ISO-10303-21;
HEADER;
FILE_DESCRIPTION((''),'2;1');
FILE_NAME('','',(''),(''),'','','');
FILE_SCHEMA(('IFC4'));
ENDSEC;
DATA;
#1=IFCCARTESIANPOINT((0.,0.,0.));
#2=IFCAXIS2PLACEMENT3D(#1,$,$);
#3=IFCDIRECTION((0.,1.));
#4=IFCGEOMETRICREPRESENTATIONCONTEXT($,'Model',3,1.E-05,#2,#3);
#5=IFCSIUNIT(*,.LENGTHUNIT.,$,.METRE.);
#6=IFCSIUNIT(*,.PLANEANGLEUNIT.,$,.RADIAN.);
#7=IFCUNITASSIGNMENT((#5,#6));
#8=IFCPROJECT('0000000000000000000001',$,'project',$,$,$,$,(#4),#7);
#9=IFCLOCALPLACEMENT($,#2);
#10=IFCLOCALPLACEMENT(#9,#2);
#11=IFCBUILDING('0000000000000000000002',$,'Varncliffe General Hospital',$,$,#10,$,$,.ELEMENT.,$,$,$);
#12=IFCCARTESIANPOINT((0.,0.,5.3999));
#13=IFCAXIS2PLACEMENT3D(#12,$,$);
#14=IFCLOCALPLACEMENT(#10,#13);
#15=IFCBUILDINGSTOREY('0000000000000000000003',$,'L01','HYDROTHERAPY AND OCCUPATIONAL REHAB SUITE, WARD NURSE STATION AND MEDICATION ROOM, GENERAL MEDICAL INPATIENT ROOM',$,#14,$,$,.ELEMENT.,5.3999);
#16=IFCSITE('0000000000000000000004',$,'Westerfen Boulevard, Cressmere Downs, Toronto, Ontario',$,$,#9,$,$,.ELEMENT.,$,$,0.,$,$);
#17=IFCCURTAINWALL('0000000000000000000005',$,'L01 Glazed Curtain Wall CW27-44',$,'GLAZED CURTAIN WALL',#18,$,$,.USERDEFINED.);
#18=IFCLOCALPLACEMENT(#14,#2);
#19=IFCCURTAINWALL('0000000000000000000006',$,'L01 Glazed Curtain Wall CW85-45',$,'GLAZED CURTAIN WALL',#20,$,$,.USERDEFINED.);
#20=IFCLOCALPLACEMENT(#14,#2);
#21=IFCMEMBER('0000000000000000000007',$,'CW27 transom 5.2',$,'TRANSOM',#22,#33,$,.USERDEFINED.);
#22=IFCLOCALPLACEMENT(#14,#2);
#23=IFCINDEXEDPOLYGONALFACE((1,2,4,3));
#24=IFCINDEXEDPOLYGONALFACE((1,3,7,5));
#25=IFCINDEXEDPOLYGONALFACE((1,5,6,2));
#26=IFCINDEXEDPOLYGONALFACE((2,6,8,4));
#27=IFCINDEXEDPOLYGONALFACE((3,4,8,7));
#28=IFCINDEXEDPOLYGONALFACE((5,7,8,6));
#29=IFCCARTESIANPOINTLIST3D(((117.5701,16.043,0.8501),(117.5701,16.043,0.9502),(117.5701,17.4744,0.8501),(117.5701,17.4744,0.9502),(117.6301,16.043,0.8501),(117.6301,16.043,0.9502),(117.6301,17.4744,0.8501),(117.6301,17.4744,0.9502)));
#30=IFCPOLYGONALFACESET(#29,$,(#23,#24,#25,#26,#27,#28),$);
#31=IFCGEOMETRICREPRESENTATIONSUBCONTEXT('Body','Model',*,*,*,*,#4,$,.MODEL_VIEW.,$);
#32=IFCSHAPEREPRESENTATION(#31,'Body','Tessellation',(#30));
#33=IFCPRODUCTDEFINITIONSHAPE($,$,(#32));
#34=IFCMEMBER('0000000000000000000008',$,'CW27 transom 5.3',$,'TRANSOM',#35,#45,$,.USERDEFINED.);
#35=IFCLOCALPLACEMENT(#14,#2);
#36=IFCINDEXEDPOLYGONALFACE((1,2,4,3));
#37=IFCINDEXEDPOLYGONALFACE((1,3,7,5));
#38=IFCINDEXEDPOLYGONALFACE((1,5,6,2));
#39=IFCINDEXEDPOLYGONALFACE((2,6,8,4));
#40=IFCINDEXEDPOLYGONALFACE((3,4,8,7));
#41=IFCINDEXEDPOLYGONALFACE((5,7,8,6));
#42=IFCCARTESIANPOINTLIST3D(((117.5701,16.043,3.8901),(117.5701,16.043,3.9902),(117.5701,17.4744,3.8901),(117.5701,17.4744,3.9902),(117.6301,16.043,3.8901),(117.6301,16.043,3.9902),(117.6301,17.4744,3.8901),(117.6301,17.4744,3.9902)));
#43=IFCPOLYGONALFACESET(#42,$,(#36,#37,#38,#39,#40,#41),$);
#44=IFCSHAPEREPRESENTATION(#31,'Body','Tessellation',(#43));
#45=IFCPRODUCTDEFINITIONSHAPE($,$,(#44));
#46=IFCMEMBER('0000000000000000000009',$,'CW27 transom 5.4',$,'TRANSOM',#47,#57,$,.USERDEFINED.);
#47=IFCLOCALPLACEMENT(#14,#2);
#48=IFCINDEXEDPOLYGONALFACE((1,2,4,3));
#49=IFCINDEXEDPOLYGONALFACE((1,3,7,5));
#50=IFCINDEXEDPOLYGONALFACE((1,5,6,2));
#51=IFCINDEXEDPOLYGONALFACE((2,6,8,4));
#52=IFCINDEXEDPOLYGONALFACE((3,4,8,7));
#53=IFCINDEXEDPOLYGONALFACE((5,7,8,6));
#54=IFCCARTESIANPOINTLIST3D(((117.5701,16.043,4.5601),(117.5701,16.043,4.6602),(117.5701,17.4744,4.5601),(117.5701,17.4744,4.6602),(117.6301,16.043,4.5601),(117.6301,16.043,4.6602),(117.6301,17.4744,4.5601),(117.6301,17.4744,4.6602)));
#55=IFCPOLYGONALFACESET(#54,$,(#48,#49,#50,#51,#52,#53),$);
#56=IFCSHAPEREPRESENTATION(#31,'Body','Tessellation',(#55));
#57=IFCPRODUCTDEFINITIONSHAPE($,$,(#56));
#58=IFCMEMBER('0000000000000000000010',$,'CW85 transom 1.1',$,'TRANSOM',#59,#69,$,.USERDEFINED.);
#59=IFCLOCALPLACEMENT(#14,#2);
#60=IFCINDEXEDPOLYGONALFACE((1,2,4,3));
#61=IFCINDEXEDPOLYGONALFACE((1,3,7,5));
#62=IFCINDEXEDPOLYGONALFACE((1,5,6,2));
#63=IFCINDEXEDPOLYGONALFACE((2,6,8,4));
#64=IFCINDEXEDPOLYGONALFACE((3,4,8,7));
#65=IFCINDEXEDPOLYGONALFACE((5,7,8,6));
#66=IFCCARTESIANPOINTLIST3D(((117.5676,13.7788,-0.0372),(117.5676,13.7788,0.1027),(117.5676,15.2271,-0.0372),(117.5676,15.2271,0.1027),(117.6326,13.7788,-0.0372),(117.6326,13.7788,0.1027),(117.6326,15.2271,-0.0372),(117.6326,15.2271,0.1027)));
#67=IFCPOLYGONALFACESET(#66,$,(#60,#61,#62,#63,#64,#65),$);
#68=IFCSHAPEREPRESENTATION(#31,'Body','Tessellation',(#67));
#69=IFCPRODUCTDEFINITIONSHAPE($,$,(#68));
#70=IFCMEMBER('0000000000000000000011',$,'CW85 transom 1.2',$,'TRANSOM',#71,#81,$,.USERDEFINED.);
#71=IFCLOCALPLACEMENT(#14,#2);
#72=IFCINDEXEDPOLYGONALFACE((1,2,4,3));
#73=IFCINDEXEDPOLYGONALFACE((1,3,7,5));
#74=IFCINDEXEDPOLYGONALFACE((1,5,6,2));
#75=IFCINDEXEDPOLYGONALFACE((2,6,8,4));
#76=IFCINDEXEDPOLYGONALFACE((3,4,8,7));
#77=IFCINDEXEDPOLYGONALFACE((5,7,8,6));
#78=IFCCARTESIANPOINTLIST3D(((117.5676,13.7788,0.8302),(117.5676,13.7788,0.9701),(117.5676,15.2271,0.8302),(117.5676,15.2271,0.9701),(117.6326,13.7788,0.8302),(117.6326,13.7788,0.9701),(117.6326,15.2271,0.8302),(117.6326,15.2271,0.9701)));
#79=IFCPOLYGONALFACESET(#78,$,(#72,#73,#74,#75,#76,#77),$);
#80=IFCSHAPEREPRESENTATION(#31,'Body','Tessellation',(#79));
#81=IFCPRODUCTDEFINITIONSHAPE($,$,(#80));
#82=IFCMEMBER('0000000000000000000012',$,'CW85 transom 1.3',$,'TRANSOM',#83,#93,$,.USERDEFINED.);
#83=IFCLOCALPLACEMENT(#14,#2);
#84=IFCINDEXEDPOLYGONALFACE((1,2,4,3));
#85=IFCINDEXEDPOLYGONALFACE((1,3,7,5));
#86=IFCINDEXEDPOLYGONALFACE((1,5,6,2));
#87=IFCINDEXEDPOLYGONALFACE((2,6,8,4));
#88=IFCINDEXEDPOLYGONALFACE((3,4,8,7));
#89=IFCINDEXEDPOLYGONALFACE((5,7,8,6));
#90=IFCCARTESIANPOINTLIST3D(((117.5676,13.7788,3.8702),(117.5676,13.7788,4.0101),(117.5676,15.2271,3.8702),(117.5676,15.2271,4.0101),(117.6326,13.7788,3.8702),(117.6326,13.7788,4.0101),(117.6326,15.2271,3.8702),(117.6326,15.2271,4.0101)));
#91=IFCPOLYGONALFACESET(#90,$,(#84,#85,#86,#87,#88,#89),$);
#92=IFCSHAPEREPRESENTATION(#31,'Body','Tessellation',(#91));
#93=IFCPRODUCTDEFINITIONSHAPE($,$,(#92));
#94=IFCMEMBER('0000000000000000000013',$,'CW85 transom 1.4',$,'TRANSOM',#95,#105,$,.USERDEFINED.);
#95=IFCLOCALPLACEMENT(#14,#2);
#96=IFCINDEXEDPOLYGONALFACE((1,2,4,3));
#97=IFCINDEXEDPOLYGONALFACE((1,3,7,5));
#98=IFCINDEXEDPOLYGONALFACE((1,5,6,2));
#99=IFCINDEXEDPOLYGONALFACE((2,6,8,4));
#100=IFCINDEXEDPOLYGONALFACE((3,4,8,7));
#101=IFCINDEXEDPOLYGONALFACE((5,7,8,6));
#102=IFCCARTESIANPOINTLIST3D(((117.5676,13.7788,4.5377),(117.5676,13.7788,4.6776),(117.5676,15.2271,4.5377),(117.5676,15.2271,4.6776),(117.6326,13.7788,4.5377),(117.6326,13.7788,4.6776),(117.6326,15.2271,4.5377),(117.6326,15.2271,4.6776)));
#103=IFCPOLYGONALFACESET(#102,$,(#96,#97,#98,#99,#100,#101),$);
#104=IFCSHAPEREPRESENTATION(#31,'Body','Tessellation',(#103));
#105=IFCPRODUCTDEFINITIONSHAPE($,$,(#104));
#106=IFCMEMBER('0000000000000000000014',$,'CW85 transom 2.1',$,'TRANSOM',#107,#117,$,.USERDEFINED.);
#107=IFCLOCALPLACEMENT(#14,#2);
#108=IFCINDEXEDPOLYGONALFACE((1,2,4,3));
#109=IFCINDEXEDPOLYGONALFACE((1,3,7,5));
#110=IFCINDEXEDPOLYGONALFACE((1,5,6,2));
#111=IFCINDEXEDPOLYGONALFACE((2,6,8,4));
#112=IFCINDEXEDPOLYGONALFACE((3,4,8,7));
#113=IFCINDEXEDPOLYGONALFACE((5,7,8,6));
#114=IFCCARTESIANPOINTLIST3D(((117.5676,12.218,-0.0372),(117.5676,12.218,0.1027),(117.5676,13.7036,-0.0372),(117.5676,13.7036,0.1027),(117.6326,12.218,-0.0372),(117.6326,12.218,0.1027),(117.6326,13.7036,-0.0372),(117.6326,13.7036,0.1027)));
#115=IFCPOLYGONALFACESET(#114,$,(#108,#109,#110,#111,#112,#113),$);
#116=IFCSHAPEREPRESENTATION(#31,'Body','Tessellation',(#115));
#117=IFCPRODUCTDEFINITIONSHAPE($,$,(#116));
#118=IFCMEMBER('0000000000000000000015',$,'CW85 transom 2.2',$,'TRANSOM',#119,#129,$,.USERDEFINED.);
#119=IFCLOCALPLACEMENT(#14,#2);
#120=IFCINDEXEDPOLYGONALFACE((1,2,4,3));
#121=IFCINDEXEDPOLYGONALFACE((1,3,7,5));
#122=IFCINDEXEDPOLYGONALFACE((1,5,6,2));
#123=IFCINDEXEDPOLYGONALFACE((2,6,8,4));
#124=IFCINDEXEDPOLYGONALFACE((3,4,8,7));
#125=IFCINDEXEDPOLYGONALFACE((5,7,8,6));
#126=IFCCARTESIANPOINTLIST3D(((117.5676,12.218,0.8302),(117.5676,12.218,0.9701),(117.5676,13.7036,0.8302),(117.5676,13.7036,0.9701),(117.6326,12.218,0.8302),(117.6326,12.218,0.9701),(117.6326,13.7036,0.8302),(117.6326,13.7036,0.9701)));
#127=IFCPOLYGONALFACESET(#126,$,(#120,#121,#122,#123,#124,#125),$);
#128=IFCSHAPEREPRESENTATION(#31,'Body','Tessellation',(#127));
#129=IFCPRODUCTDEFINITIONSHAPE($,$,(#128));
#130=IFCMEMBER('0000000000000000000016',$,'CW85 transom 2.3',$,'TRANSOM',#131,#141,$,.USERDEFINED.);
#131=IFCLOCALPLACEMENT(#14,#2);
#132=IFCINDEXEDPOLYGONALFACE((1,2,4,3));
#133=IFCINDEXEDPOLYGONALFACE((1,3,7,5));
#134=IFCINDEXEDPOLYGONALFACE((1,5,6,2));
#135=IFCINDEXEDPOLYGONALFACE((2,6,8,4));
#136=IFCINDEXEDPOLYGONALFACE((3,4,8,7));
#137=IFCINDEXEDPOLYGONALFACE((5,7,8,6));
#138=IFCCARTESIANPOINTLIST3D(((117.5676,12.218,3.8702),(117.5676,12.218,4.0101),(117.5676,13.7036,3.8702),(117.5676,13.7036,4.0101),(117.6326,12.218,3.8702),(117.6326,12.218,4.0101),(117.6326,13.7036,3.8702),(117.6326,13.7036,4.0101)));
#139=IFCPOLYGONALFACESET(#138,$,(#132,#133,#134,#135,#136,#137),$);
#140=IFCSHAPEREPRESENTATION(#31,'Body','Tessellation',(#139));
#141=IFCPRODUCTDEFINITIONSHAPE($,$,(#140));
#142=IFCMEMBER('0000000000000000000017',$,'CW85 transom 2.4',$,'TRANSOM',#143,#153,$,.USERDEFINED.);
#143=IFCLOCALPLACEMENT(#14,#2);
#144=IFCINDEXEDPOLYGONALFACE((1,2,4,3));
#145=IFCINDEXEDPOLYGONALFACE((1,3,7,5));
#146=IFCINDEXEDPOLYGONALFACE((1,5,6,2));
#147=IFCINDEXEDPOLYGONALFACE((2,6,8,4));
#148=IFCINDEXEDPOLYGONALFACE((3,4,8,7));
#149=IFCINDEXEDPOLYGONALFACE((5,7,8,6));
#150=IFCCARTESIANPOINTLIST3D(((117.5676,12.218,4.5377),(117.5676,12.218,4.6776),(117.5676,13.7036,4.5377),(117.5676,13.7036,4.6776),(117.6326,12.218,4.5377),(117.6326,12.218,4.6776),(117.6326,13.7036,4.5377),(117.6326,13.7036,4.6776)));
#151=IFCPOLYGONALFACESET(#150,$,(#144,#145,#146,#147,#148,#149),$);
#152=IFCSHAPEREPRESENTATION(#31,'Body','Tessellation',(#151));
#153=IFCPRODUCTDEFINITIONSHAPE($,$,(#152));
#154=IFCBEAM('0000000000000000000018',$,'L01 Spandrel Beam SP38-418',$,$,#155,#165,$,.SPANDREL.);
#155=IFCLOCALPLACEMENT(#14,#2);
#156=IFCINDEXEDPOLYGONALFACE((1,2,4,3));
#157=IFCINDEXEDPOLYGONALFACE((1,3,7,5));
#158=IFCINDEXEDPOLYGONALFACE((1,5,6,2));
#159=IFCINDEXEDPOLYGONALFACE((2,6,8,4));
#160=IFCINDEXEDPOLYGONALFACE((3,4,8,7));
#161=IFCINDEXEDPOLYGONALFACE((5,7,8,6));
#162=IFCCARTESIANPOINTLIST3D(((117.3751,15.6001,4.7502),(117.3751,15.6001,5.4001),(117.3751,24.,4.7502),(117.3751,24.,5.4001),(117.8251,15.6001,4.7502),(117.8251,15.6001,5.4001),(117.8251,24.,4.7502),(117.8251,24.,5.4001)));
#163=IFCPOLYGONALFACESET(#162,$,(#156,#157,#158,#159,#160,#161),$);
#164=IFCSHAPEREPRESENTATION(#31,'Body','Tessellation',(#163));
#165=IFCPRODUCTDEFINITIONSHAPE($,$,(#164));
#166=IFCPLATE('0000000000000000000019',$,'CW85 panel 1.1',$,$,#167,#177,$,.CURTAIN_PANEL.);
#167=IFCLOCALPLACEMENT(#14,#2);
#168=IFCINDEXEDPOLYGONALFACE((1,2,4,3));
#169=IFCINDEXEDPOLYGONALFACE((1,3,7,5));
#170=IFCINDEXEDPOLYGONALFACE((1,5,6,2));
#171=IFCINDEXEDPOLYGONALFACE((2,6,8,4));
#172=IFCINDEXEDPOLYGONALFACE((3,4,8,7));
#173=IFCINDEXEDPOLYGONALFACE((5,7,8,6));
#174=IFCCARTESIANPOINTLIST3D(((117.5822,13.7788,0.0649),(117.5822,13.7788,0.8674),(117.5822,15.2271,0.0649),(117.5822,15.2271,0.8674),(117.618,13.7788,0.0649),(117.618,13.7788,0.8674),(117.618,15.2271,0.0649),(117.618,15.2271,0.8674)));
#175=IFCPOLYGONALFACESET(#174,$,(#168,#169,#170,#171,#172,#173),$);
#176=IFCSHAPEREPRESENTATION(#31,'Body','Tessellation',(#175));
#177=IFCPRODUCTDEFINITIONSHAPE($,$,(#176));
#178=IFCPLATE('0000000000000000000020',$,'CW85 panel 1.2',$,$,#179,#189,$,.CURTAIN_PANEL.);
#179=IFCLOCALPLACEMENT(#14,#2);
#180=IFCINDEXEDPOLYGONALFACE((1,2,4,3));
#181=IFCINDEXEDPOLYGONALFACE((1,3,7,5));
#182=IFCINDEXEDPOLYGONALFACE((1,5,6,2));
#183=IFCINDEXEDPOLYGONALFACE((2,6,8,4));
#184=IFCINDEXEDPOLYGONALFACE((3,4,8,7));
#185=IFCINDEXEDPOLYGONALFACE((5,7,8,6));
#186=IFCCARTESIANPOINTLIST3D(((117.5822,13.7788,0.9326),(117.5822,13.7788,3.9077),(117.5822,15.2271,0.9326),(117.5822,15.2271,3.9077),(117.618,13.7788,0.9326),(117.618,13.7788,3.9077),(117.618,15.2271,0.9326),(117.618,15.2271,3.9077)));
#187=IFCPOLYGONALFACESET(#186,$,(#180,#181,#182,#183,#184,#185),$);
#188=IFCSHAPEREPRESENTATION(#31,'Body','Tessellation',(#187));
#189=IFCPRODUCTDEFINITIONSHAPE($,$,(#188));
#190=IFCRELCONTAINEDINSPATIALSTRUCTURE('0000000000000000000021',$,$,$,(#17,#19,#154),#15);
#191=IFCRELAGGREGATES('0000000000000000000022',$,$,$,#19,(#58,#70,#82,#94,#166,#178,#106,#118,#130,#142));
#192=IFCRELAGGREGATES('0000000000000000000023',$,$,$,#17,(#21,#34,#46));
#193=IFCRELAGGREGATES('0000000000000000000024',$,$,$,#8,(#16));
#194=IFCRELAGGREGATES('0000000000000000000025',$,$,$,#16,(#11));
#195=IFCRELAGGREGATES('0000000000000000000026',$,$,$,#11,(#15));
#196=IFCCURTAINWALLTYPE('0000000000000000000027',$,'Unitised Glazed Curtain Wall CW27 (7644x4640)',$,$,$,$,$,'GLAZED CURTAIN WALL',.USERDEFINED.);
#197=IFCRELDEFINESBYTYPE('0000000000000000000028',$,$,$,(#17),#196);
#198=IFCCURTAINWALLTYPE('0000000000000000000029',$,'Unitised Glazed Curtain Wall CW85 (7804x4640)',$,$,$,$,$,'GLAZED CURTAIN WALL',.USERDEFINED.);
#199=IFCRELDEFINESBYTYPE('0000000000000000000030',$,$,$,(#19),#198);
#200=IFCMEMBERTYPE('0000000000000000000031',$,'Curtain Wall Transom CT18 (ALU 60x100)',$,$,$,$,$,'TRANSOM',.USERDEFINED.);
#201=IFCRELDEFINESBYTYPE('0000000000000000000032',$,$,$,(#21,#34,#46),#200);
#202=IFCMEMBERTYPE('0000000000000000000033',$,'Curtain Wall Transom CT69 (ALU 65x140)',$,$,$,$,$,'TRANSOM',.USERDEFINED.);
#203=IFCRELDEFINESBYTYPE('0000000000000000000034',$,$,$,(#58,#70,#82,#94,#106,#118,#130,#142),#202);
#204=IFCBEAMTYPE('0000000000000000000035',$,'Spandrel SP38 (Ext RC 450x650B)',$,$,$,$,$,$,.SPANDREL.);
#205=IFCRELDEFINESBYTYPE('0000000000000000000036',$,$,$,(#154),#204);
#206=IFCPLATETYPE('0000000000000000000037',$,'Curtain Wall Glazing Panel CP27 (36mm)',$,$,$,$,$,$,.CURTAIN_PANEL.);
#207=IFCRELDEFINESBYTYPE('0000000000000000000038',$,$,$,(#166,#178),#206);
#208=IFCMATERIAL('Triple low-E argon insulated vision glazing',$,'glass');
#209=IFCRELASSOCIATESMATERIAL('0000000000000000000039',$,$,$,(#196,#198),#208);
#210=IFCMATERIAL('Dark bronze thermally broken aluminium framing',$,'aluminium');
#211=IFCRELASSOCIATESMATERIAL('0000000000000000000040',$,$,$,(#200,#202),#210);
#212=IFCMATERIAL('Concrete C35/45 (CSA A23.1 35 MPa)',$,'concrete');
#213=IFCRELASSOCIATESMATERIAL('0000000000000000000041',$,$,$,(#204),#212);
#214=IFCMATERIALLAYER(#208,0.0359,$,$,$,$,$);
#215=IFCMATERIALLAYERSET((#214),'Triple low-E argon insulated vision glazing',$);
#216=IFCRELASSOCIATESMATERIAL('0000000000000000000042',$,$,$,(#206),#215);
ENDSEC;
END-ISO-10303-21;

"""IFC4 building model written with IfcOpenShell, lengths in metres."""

from ifc_helpers import new_model, si_unit, direction, frame, origin, origin_2d, place, context, subcontext, project, spatial, rectangle, extrude, material, layer, layer_set, material_profile, profile_set, type_object, element, aggregate, save


model = new_model("IFC4")

# Units and contexts
model_context = context("Model", 3, precision=1e-05, world=origin(), true_north=direction((0.0, 1.0)))
body_context = subcontext(model_context, "Body", "Model", "MODEL_VIEW")
ifc_project = project(units=[si_unit("LENGTHUNIT", "METRE"), si_unit("PLANEANGLEUNIT", "RADIAN")], contexts=[model_context])

# Site, building, storey
site_placement = place(None, origin())
site = spatial("IfcSite", under=ifc_project, at=site_placement, Name="Westerfen Boulevard, Cressmere Downs, Toronto, Ontario", CompositionType="ELEMENT", RefElevation=0.0)
building_placement = place(site_placement, origin())
building = spatial("IfcBuilding", under=site, at=building_placement, Name="Varncliffe General Hospital", CompositionType="ELEMENT")
storey_placement = place(building_placement, frame((0.0, 0.0, 5.3999)))
storey = spatial("IfcBuildingStorey", under=building, at=storey_placement, Name="L01", Description="HYDROTHERAPY AND OCCUPATIONAL REHAB SUITE, WARD NURSE STATION AND MEDICATION ROOM, GENERAL MEDICAL INPATIENT ROOM", CompositionType="ELEMENT", Elevation=5.3999)

# Curtain walls
ifc_material_1 = material(Name="Triple low-E argon insulated vision glazing", Category="glass")
curtain_wall_type_1 = type_object("IfcCurtainWallType", Name="Unitised Glazed Curtain Wall CW27 (7644x4640)", ElementType="GLAZED CURTAIN WALL", PredefinedType="USERDEFINED", material=ifc_material_1)
curtain_wall_1_placement = place(storey_placement, origin())
curtain_wall_1 = element("IfcCurtainWall", 1, at=curtain_wall_1_placement, inside=storey, type_object=curtain_wall_type_1, Name="L01 Glazed Curtain Wall CW27-44", ObjectType="GLAZED CURTAIN WALL", PredefinedType="USERDEFINED")
ifc_material_2 = material(Name="Dark bronze thermally broken aluminium framing", Category="aluminium")
curtain_wall_type_2 = type_object("IfcCurtainWallType", Name="Unitised Glazed Curtain Wall CW85 (7804x4640)", ElementType="GLAZED CURTAIN WALL", PredefinedType="USERDEFINED", material=ifc_material_1)
curtain_wall_2_placement = place(storey_placement, origin())
curtain_wall_2 = element("IfcCurtainWall", 2, at=curtain_wall_2_placement, inside=storey, type_object=curtain_wall_type_2, Name="L01 Glazed Curtain Wall CW85-45", ObjectType="GLAZED CURTAIN WALL", PredefinedType="USERDEFINED")

# Members
ifc_material_profile_1 = material_profile(ifc_material_2, rectangle(XDim=0.0601, YDim=0.1001, at=origin_2d()), Name="ALU 60x100")
ifc_profile_set_1 = profile_set([ifc_material_profile_1], Name="Dark bronze thermally broken aluminium framing")
member_type_1 = type_object("IfcMemberType", Name="Curtain Wall Transom CT18 (ALU 60x100)", ElementType="TRANSOM", PredefinedType="USERDEFINED", material=ifc_profile_set_1)
member_1_placement = place(storey_placement, frame((117.6001, 17.4744, 0.9001), z_axis=(0.0, -1.0, 0.0), x_axis=(1.0, 0.0, 0.0)))
member_1 = element("IfcMember", 3, at=member_1_placement, type_object=member_type_1, Name="CW27 transom 5.2", ObjectType="TRANSOM", PredefinedType="USERDEFINED", context=body_context, shape_type="SweptSolid", body=[
    extrude(rectangle(XDim=0.0601, YDim=0.1001, at=origin_2d()), origin(), (0.0, 0.0, 1.0), 1.4314),
])
member_2_placement = place(storey_placement, frame((117.6001, 17.4744, 3.9402), z_axis=(0.0, -1.0, 0.0), x_axis=(1.0, 0.0, 0.0)))
member_2 = element("IfcMember", 4, at=member_2_placement, type_object=member_type_1, Name="CW27 transom 5.3", ObjectType="TRANSOM", PredefinedType="USERDEFINED", context=body_context, shape_type="SweptSolid", body=[
    extrude(rectangle(XDim=0.0601, YDim=0.1001, at=origin_2d()), origin(), (0.0, 0.0, 1.0), 1.4314),
])
member_3_placement = place(storey_placement, frame((117.6001, 17.4744, 4.6101), z_axis=(0.0, -1.0, 0.0), x_axis=(1.0, 0.0, 0.0)))
member_3 = element("IfcMember", 5, at=member_3_placement, type_object=member_type_1, Name="CW27 transom 5.4", ObjectType="TRANSOM", PredefinedType="USERDEFINED", context=body_context, shape_type="SweptSolid", body=[
    extrude(rectangle(XDim=0.0601, YDim=0.1001, at=origin_2d()), origin(), (0.0, 0.0, 1.0), 1.4314),
])
ifc_material_profile_2 = material_profile(ifc_material_2, rectangle(XDim=0.0649, YDim=0.1399, at=origin_2d()), Name="ALU 65x140")
ifc_profile_set_2 = profile_set([ifc_material_profile_2], Name="Dark bronze thermally broken aluminium framing")
member_type_2 = type_object("IfcMemberType", Name="Curtain Wall Transom CT69 (ALU 65x140)", ElementType="TRANSOM", PredefinedType="USERDEFINED", material=ifc_profile_set_2)
member_4_placement = place(storey_placement, frame((117.6001, 15.2271, 0.0327), z_axis=(0.0, -1.0, 0.0), x_axis=(1.0, 0.0, 0.0)))
member_4 = element("IfcMember", 6, at=member_4_placement, type_object=member_type_2, Name="CW85 transom 1.1", ObjectType="TRANSOM", PredefinedType="USERDEFINED", context=body_context, shape_type="SweptSolid", body=[
    extrude(rectangle(XDim=0.0649, YDim=0.1399, at=origin_2d()), origin(), (0.0, 0.0, 1.0), 1.4482),
])
member_5_placement = place(storey_placement, frame((117.6001, 15.2271, 0.9001), z_axis=(0.0, -1.0, 0.0), x_axis=(1.0, 0.0, 0.0)))
member_5 = element("IfcMember", 7, at=member_5_placement, type_object=member_type_2, Name="CW85 transom 1.2", ObjectType="TRANSOM", PredefinedType="USERDEFINED", context=body_context, shape_type="SweptSolid", body=[
    extrude(rectangle(XDim=0.0649, YDim=0.1399, at=origin_2d()), origin(), (0.0, 0.0, 1.0), 1.4482),
])
member_6_placement = place(storey_placement, frame((117.6001, 15.2271, 3.9402), z_axis=(0.0, -1.0, 0.0), x_axis=(1.0, 0.0, 0.0)))
member_6 = element("IfcMember", 8, at=member_6_placement, type_object=member_type_2, Name="CW85 transom 1.3", ObjectType="TRANSOM", PredefinedType="USERDEFINED", context=body_context, shape_type="SweptSolid", body=[
    extrude(rectangle(XDim=0.0649, YDim=0.1399, at=origin_2d()), origin(), (0.0, 0.0, 1.0), 1.4482),
])
member_7_placement = place(storey_placement, frame((117.6001, 15.2271, 4.6077), z_axis=(0.0, -1.0, 0.0), x_axis=(1.0, 0.0, 0.0)))
member_7 = element("IfcMember", 9, at=member_7_placement, type_object=member_type_2, Name="CW85 transom 1.4", ObjectType="TRANSOM", PredefinedType="USERDEFINED", context=body_context, shape_type="SweptSolid", body=[
    extrude(rectangle(XDim=0.0649, YDim=0.1399, at=origin_2d()), origin(), (0.0, 0.0, 1.0), 1.4482),
])
member_8_placement = place(storey_placement, frame((117.6001, 13.7036, 0.0327), z_axis=(0.0, -1.0, 0.0), x_axis=(1.0, 0.0, 0.0)))
member_8 = element("IfcMember", 10, at=member_8_placement, type_object=member_type_2, Name="CW85 transom 2.1", ObjectType="TRANSOM", PredefinedType="USERDEFINED", context=body_context, shape_type="SweptSolid", body=[
    extrude(rectangle(XDim=0.0649, YDim=0.1399, at=origin_2d()), origin(), (0.0, 0.0, 1.0), 1.4856),
])
member_9_placement = place(storey_placement, frame((117.6001, 13.7036, 0.9001), z_axis=(0.0, -1.0, 0.0), x_axis=(1.0, 0.0, 0.0)))
member_9 = element("IfcMember", 11, at=member_9_placement, type_object=member_type_2, Name="CW85 transom 2.2", ObjectType="TRANSOM", PredefinedType="USERDEFINED", context=body_context, shape_type="SweptSolid", body=[
    extrude(rectangle(XDim=0.0649, YDim=0.1399, at=origin_2d()), origin(), (0.0, 0.0, 1.0), 1.4856),
])
member_10_placement = place(storey_placement, frame((117.6001, 13.7036, 3.9402), z_axis=(0.0, -1.0, 0.0), x_axis=(1.0, 0.0, 0.0)))
member_10 = element("IfcMember", 12, at=member_10_placement, type_object=member_type_2, Name="CW85 transom 2.3", ObjectType="TRANSOM", PredefinedType="USERDEFINED", context=body_context, shape_type="SweptSolid", body=[
    extrude(rectangle(XDim=0.0649, YDim=0.1399, at=origin_2d()), origin(), (0.0, 0.0, 1.0), 1.4856),
])
member_11_placement = place(storey_placement, frame((117.6001, 13.7036, 4.6077), z_axis=(0.0, -1.0, 0.0), x_axis=(1.0, 0.0, 0.0)))
member_11 = element("IfcMember", 13, at=member_11_placement, type_object=member_type_2, Name="CW85 transom 2.4", ObjectType="TRANSOM", PredefinedType="USERDEFINED", context=body_context, shape_type="SweptSolid", body=[
    extrude(rectangle(XDim=0.0649, YDim=0.1399, at=origin_2d()), origin(), (0.0, 0.0, 1.0), 1.4856),
])

# Beam
ifc_material_3 = material(Name="Concrete C35/45 (CSA A23.1 35 MPa)", Category="concrete")
ifc_material_profile_3 = material_profile(ifc_material_3, rectangle(XDim=0.45, YDim=0.6499, at=origin_2d()), Name="RC 450x650")
ifc_profile_set_3 = profile_set([ifc_material_profile_3], Name="Concrete C35/45 (CSA A23.1 35 MPa)")
beam_type = type_object("IfcBeamType", Name="Spandrel SP38 (Ext RC 450x650B)", PredefinedType="SPANDREL", material=ifc_profile_set_3)
beam_placement = place(storey_placement, frame((117.6001, 15.6001, 5.0752), z_axis=(0.0, 1.0, 0.0), x_axis=(-1.0, 0.0, 0.0)))
element("IfcBeam", 14, at=beam_placement, inside=storey, type_object=beam_type, Name="L01 Spandrel Beam SP38-418", PredefinedType="SPANDREL", context=body_context, shape_type="SweptSolid", body=[
    extrude(rectangle(XDim=0.45, YDim=0.6499, at=origin_2d()), origin(), (0.0, 0.0, 1.0), 8.3999),
])

# Plates
ifc_layer_1 = layer(ifc_material_1, 0.0359)
ifc_layer_set_1 = layer_set([ifc_layer_1], Name="Triple low-E argon insulated vision glazing")
plate_type_1 = type_object("IfcPlateType", Name="Curtain Wall Glazing Panel CP27 (36mm)", PredefinedType="CURTAIN_PANEL", material=ifc_layer_set_1)
plate_1_placement = place(storey_placement, frame((117.6001, 14.5029, 0.0649), z_axis=(0.0, 0.0, 1.0), x_axis=(0.0, -1.0, 0.0)))
plate_1 = element("IfcPlate", 15, at=plate_1_placement, type_object=plate_type_1, Name="CW85 panel 1.1", PredefinedType="CURTAIN_PANEL", context=body_context, shape_type="SweptSolid", body=[
    extrude(rectangle(XDim=1.4482, YDim=0.0359, at=origin_2d()), origin(), (0.0, 0.0, 1.0), 0.8025),
])
plate_2_placement = place(storey_placement, frame((117.6001, 14.5029, 0.9326), z_axis=(0.0, 0.0, 1.0), x_axis=(0.0, -1.0, 0.0)))
plate_2 = element("IfcPlate", 16, at=plate_2_placement, type_object=plate_type_1, Name="CW85 panel 1.2", PredefinedType="CURTAIN_PANEL", context=body_context, shape_type="SweptSolid", body=[
    extrude(rectangle(XDim=1.4482, YDim=0.0359, at=origin_2d()), origin(), (0.0, 0.0, 1.0), 2.9751),
])
aggregate(curtain_wall_2, [member_4, member_5, member_6, member_7, plate_1, plate_2, member_8, member_9, member_10, member_11])
aggregate(curtain_wall_1, [member_1, member_2, member_3])

save(model, "model.ifc")
